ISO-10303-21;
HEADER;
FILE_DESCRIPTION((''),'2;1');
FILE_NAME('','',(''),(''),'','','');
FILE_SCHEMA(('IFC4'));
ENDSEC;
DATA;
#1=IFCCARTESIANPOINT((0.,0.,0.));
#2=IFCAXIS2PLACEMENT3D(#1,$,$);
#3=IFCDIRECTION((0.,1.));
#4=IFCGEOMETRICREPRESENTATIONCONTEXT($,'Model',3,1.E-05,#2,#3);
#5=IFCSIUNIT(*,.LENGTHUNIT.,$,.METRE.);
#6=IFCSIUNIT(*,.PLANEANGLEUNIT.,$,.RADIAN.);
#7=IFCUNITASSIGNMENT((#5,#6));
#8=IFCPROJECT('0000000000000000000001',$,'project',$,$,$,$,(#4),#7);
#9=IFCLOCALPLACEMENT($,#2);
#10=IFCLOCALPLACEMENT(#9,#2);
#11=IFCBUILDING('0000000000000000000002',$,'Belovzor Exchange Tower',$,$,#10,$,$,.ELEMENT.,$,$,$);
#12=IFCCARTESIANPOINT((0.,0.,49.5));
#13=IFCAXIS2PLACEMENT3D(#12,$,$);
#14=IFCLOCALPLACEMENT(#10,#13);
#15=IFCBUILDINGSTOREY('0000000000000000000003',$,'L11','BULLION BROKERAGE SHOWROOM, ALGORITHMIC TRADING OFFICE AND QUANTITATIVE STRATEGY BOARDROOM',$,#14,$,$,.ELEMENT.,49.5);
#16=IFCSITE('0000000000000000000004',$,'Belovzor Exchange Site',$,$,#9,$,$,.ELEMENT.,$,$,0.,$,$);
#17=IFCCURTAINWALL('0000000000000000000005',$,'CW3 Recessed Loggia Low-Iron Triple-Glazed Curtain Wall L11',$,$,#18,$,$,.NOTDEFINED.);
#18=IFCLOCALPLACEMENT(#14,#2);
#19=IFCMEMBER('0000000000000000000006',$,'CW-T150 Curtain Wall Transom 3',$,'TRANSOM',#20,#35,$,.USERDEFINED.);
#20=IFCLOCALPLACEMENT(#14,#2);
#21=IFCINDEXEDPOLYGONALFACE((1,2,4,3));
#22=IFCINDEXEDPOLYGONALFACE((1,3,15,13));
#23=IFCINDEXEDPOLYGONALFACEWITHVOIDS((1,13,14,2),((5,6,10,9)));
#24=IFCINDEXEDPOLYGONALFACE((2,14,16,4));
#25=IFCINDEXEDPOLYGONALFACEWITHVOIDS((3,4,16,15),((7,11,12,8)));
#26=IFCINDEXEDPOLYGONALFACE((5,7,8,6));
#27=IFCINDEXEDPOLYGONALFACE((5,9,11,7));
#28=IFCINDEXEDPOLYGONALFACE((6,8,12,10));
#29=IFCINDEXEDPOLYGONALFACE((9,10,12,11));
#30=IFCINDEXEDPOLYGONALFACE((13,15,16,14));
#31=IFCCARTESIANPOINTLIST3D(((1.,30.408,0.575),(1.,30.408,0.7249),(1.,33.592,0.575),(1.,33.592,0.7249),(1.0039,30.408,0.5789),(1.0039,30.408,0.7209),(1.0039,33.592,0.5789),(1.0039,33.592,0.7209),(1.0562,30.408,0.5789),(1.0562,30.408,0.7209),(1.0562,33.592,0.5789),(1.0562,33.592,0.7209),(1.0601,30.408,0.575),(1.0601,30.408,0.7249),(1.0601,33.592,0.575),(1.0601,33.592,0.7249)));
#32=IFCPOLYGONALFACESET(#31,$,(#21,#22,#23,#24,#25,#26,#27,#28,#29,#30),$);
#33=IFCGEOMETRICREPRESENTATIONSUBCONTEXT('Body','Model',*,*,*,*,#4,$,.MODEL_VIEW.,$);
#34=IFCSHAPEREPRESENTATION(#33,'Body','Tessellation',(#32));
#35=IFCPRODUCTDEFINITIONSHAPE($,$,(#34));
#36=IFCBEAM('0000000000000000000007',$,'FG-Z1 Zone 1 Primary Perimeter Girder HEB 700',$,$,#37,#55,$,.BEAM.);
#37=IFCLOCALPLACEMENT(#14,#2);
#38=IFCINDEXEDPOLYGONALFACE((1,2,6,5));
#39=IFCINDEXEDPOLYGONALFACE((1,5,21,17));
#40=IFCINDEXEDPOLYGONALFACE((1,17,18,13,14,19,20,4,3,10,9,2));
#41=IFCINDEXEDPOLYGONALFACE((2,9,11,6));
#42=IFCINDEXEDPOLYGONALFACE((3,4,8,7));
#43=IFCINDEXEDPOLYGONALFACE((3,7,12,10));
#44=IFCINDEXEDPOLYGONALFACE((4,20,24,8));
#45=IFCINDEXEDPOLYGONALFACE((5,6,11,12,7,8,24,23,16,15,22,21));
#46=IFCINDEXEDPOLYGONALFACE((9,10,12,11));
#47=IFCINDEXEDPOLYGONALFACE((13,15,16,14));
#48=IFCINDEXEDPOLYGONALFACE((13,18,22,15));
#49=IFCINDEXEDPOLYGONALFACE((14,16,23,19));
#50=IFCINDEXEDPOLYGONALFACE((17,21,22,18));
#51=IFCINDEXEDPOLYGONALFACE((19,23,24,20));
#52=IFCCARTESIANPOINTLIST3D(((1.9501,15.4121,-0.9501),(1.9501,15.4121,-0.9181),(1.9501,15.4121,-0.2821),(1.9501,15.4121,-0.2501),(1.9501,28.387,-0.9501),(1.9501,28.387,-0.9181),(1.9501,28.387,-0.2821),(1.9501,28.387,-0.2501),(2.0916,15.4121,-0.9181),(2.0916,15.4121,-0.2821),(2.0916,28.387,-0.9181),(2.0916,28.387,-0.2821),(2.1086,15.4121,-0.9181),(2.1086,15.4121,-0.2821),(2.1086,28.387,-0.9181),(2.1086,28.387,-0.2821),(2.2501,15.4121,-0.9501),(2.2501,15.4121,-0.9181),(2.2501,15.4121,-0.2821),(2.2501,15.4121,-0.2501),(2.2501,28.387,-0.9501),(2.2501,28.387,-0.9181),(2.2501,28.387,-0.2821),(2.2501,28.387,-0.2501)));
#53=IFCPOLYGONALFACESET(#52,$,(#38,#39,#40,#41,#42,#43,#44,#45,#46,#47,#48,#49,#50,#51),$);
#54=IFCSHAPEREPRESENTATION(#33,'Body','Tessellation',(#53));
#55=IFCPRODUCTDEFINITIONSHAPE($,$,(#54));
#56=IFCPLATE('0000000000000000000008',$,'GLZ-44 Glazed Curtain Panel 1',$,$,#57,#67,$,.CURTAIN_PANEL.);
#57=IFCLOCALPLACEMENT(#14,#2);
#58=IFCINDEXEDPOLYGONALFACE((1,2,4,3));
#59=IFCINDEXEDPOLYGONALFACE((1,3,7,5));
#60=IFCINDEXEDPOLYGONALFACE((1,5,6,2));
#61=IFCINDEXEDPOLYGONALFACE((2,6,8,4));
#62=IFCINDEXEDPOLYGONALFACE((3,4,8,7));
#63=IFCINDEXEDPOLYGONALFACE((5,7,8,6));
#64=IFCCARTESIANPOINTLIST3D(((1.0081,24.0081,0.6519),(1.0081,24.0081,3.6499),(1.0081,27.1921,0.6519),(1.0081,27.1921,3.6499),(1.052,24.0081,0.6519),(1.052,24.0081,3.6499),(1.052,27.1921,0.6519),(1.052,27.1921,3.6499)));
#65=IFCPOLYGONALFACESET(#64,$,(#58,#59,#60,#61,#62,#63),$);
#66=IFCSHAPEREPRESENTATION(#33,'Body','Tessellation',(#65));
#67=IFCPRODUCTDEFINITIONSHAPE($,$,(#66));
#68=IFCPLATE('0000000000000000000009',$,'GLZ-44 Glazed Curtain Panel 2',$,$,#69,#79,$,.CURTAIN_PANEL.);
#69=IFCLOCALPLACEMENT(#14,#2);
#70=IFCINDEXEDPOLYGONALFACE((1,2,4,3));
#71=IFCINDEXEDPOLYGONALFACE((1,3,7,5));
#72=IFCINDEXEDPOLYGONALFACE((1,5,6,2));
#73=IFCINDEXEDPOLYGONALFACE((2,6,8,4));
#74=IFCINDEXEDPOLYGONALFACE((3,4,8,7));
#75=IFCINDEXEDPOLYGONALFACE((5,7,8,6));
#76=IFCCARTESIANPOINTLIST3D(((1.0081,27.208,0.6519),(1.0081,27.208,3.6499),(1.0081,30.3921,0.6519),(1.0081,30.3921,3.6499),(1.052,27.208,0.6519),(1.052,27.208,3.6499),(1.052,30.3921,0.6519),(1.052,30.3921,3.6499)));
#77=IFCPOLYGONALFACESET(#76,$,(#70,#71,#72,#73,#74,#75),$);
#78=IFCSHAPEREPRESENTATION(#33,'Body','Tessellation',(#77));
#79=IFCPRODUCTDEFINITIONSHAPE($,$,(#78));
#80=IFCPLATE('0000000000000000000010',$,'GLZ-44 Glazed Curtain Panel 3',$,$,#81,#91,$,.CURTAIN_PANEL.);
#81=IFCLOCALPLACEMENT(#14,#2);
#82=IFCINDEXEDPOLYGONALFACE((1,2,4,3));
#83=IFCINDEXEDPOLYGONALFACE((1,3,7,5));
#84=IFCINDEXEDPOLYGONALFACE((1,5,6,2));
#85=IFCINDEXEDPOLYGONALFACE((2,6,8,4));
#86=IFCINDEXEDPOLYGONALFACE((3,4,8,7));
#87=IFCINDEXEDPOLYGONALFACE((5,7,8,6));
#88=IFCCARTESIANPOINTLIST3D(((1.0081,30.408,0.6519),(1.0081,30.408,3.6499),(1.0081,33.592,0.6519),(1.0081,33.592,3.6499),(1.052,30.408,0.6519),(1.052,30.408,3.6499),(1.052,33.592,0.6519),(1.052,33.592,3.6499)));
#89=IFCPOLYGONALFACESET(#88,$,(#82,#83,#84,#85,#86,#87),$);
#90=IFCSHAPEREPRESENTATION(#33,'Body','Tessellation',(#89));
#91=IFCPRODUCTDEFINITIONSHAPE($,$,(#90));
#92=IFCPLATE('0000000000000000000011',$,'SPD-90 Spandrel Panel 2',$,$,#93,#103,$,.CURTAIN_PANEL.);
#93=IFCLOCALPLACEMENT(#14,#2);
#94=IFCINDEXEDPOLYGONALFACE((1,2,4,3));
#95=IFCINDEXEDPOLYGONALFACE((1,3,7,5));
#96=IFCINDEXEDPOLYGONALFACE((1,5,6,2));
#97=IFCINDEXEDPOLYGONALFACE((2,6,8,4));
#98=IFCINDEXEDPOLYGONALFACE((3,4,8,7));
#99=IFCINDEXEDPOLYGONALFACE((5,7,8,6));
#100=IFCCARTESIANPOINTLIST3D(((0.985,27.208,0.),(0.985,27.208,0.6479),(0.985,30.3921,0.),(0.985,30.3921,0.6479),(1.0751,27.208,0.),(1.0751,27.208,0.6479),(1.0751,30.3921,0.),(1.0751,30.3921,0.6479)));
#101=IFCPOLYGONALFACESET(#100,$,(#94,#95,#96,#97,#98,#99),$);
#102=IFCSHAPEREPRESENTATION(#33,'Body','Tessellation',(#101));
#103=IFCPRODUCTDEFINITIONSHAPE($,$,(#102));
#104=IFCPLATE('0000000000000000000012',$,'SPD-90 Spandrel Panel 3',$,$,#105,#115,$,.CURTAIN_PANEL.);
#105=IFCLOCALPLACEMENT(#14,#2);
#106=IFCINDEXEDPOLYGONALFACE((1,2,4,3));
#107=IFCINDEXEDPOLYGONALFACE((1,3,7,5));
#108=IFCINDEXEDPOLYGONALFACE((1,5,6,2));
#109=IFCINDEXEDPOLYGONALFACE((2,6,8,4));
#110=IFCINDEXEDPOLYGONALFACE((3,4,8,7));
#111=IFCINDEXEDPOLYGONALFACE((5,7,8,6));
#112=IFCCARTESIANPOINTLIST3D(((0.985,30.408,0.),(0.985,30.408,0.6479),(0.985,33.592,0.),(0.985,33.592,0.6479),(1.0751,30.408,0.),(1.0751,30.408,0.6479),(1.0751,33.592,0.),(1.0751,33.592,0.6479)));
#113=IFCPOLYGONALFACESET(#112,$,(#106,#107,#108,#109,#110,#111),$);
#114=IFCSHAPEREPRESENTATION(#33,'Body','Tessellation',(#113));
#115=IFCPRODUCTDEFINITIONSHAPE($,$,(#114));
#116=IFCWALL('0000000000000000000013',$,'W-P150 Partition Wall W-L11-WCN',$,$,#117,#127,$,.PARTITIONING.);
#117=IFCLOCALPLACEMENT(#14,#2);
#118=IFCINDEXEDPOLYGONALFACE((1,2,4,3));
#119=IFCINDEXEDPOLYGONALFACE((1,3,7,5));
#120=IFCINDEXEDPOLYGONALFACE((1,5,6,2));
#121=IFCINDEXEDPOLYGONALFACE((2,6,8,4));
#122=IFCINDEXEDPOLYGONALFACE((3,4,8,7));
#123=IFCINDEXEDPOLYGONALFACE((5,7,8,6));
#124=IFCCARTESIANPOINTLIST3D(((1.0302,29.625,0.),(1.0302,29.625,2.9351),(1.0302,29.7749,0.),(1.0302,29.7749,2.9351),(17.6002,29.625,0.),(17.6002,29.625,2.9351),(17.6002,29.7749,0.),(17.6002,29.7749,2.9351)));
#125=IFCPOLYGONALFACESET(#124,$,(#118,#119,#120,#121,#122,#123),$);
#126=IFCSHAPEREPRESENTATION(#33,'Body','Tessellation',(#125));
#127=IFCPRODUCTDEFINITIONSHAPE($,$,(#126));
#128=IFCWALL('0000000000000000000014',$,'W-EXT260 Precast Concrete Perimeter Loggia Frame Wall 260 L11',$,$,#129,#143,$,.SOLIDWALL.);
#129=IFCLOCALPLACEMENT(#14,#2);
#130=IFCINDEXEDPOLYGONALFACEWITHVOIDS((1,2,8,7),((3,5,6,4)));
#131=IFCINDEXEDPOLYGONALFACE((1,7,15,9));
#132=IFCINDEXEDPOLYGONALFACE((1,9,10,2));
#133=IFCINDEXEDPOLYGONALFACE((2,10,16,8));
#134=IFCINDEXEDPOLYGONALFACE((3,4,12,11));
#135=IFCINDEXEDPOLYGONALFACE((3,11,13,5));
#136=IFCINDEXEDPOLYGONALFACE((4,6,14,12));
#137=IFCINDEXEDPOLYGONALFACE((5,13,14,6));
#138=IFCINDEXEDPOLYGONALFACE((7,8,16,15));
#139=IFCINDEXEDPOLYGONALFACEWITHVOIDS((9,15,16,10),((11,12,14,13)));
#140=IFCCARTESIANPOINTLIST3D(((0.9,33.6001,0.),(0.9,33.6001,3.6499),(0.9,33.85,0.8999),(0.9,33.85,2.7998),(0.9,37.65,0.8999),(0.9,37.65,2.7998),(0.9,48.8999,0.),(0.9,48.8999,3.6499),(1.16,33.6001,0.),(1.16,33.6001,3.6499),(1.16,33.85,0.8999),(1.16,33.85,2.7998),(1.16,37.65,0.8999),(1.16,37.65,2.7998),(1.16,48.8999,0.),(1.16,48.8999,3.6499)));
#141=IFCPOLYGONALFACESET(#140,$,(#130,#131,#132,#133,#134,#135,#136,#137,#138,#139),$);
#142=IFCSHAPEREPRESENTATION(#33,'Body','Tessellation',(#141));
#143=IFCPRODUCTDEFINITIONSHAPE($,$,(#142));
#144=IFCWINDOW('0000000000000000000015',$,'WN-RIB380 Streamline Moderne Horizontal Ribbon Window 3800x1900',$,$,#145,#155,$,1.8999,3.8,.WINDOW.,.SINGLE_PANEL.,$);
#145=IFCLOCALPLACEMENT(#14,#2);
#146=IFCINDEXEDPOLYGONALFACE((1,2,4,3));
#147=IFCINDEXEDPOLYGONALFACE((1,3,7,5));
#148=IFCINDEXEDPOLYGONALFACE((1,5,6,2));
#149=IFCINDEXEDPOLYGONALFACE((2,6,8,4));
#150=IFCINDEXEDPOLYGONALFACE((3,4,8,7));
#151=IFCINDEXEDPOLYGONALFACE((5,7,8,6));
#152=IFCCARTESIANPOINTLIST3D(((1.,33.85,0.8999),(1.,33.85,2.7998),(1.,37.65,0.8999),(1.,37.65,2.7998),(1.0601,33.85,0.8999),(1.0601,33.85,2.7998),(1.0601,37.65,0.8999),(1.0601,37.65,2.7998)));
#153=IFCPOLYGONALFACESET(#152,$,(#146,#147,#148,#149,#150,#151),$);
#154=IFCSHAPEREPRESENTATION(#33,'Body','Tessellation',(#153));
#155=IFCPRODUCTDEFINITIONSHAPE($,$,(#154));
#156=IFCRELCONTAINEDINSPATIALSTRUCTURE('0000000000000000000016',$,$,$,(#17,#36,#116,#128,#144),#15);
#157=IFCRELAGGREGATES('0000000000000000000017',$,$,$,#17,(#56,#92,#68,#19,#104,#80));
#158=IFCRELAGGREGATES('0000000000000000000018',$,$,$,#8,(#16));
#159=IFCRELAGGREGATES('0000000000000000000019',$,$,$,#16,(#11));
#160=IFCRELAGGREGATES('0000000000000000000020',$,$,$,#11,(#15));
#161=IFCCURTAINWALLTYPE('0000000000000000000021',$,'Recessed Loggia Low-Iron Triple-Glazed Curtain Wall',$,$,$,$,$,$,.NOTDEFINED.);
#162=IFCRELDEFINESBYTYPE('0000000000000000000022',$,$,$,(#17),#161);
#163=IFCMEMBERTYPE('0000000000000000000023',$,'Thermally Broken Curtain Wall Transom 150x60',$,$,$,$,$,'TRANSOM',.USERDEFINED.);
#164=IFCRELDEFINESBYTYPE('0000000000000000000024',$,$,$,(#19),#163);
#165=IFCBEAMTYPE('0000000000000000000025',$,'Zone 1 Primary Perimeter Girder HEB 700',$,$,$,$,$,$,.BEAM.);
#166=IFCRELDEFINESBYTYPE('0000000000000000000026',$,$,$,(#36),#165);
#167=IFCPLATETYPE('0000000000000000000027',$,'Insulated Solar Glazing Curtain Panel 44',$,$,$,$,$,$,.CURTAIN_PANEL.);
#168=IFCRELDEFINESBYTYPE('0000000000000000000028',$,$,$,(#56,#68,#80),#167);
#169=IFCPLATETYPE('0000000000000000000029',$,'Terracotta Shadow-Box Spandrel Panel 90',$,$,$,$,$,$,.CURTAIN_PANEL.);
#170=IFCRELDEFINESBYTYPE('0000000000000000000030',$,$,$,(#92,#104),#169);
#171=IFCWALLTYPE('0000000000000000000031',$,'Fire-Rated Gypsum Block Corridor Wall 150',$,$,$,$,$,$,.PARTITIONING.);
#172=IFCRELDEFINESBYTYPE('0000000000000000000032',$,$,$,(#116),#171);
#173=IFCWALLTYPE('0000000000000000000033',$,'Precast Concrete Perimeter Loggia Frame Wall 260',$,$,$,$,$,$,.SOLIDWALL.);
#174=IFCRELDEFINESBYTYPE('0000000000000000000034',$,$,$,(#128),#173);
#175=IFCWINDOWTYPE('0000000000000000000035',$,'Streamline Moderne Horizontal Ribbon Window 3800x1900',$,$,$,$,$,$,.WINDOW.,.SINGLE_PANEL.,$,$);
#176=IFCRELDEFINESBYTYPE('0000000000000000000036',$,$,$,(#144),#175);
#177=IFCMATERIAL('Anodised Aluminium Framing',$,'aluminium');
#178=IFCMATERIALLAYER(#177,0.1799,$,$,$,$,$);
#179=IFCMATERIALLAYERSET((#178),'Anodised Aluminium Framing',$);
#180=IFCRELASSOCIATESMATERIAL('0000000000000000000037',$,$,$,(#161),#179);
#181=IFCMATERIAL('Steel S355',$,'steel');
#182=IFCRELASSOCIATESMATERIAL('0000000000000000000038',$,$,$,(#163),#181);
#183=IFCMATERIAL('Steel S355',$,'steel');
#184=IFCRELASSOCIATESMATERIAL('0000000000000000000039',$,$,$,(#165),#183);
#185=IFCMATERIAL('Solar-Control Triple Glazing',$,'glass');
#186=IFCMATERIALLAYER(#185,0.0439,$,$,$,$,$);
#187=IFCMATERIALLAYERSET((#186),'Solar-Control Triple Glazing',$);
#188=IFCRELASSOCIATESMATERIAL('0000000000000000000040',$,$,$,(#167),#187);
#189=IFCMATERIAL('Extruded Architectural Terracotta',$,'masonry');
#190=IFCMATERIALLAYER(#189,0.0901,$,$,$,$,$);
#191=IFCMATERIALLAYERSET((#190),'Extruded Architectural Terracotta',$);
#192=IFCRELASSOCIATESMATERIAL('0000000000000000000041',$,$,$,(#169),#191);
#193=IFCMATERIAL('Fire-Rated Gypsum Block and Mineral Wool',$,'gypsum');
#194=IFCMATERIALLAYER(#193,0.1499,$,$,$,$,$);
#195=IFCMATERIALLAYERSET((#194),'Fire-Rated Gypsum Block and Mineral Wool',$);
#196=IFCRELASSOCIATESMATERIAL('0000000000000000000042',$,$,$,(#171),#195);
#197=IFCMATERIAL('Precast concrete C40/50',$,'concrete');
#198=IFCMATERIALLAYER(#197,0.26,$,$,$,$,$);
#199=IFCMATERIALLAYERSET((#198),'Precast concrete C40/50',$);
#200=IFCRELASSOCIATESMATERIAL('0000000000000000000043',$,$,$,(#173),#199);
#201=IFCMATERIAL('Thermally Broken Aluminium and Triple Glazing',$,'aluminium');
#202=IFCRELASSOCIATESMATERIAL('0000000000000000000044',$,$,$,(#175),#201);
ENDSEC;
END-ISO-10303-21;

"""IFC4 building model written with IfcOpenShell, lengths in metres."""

from ifc_helpers import new_model, si_unit, direction, frame, frame_2d, origin, origin_2d, place, context, subcontext, project, spatial, rectangle, hollow_rectangle, i_section, extrude, material, layer, layer_set, material_profile, profile_set, type_object, element, fill, aggregate, save


model = new_model("IFC4")

# Units and contexts
model_context = context("Model", 3, precision=1e-05, world=origin(), true_north=direction((0.0, 1.0)))
body_context = subcontext(model_context, "Body", "Model", "MODEL_VIEW")
ifc_project = project(units=[si_unit("LENGTHUNIT", "METRE"), si_unit("PLANEANGLEUNIT", "RADIAN")], contexts=[model_context])

# Site, building, storey
site_placement = place(None, origin())
site = spatial("IfcSite", under=ifc_project, at=site_placement, Name="Belovzor Exchange Site", CompositionType="ELEMENT", RefElevation=0.0)
building_placement = place(site_placement, origin())
building = spatial("IfcBuilding", under=site, at=building_placement, Name="Belovzor Exchange Tower", CompositionType="ELEMENT")
storey_placement = place(building_placement, frame((0.0, 0.0, 49.5)))
storey = spatial("IfcBuildingStorey", under=building, at=storey_placement, Name="L11", Description="BULLION BROKERAGE SHOWROOM, ALGORITHMIC TRADING OFFICE AND QUANTITATIVE STRATEGY BOARDROOM", CompositionType="ELEMENT", Elevation=49.5)

# Curtain wall, member
ifc_material_1 = material(Name="Anodised Aluminium Framing", Category="aluminium")
ifc_layer_1 = layer(ifc_material_1, 0.1799)
ifc_layer_set_1 = layer_set([ifc_layer_1], Name="Anodised Aluminium Framing")
curtain_wall_type = type_object("IfcCurtainWallType", Name="Recessed Loggia Low-Iron Triple-Glazed Curtain Wall", PredefinedType="NOTDEFINED", material=ifc_layer_set_1)
curtain_wall_placement = place(storey_placement, origin())
curtain_wall = element("IfcCurtainWall", 1, at=curtain_wall_placement, inside=storey, type_object=curtain_wall_type, Name="CW3 Recessed Loggia Low-Iron Triple-Glazed Curtain Wall L11", PredefinedType="NOTDEFINED")
ifc_material_2 = material(Name="Steel S355", Category="steel")
ifc_material_profile_1 = material_profile(ifc_material_2, hollow_rectangle(XDim=0.0601, YDim=0.1499, WallThickness=0.0039, at=origin_2d()))
ifc_profile_set_1 = profile_set([ifc_material_profile_1], Name="Steel S355")
member_type_1 = type_object("IfcMemberType", Name="Thermally Broken Curtain Wall Transom 150x60", ElementType="TRANSOM", PredefinedType="USERDEFINED", material=ifc_profile_set_1)
member_1_placement = place(storey_placement, frame((1.03, 30.408, 0.6499), z_axis=(0.0, 1.0, 0.0), x_axis=(-1.0, 0.0, 0.0)))
member_1 = element("IfcMember", 2, at=member_1_placement, type_object=member_type_1, Name="CW-T150 Curtain Wall Transom 3", ObjectType="TRANSOM", PredefinedType="USERDEFINED", context=body_context, shape_type="SweptSolid", body=[
    extrude(hollow_rectangle(XDim=0.0601, YDim=0.1499, WallThickness=0.0039, at=origin_2d()), origin(), (0.0, 0.0, 1.0), 3.1841),
])

# Beam
ifc_material_3 = material(Name="Steel S355", Category="steel")
ifc_material_profile_2 = material_profile(ifc_material_3, i_section(OverallWidth=0.3, OverallDepth=0.7, WebThickness=0.0171, FlangeThickness=0.032, at=origin_2d()))
ifc_profile_set_2 = profile_set([ifc_material_profile_2], Name="Steel S355")
beam_type_1 = type_object("IfcBeamType", Name="Zone 1 Primary Perimeter Girder HEB 700", PredefinedType="BEAM", material=ifc_profile_set_2)
beam_1_placement = place(storey_placement, frame((2.1001, 28.387, -0.6001), z_axis=(0.0, -1.0, 0.0), x_axis=(1.0, 0.0, 0.0)))
element("IfcBeam", 3, at=beam_1_placement, inside=storey, type_object=beam_type_1, Name="FG-Z1 Zone 1 Primary Perimeter Girder HEB 700", PredefinedType="BEAM", context=body_context, shape_type="SweptSolid", body=[
    extrude(i_section(OverallWidth=0.3, OverallDepth=0.7, WebThickness=0.0171, FlangeThickness=0.032, at=origin_2d()), origin(), (0.0, 0.0, 1.0), 12.9749),
])

# Plates
ifc_material_4 = material(Name="Solar-Control Triple Glazing", Category="glass")
ifc_layer_2 = layer(ifc_material_4, 0.0439)
ifc_layer_set_2 = layer_set([ifc_layer_2], Name="Solar-Control Triple Glazing")
plate_type_1 = type_object("IfcPlateType", Name="Insulated Solar Glazing Curtain Panel 44", PredefinedType="CURTAIN_PANEL", material=ifc_layer_set_2)
plate_1_placement = place(storey_placement, frame((1.03, 25.6001, 0.6519), z_axis=(0.0, 0.0, 1.0), x_axis=(0.0, 1.0, 0.0)))
plate_1 = element("IfcPlate", 4, at=plate_1_placement, type_object=plate_type_1, Name="GLZ-44 Glazed Curtain Panel 1", PredefinedType="CURTAIN_PANEL", context=body_context, shape_type="SweptSolid", body=[
    extrude(rectangle(XDim=3.1841, YDim=0.0439, at=origin_2d()), origin(), (0.0, 0.0, 1.0), 2.998),
])
plate_2_placement = place(storey_placement, frame((1.03, 28.8, 0.6519), z_axis=(0.0, 0.0, 1.0), x_axis=(0.0, 1.0, 0.0)))
plate_2 = element("IfcPlate", 5, at=plate_2_placement, type_object=plate_type_1, Name="GLZ-44 Glazed Curtain Panel 2", PredefinedType="CURTAIN_PANEL", context=body_context, shape_type="SweptSolid", body=[
    extrude(rectangle(XDim=3.1841, YDim=0.0439, at=origin_2d()), origin(), (0.0, 0.0, 1.0), 2.998),
])
plate_3_placement = place(storey_placement, frame((1.03, 32.0, 0.6519), z_axis=(0.0, 0.0, 1.0), x_axis=(0.0, 1.0, 0.0)))
plate_3 = element("IfcPlate", 6, at=plate_3_placement, type_object=plate_type_1, Name="GLZ-44 Glazed Curtain Panel 3", PredefinedType="CURTAIN_PANEL", context=body_context, shape_type="SweptSolid", body=[
    extrude(rectangle(XDim=3.1841, YDim=0.0439, at=origin_2d()), origin(), (0.0, 0.0, 1.0), 2.998),
])
ifc_material_5 = material(Name="Extruded Architectural Terracotta", Category="masonry")
ifc_layer_3 = layer(ifc_material_5, 0.0901)
ifc_layer_set_3 = layer_set([ifc_layer_3], Name="Extruded Architectural Terracotta")
plate_type_2 = type_object("IfcPlateType", Name="Terracotta Shadow-Box Spandrel Panel 90", PredefinedType="CURTAIN_PANEL", material=ifc_layer_set_3)
plate_4_placement = place(storey_placement, frame((1.03, 28.8, 0.0), z_axis=(0.0, 0.0, 1.0), x_axis=(0.0, 1.0, 0.0)))
plate_4 = element("IfcPlate", 7, at=plate_4_placement, type_object=plate_type_2, Name="SPD-90 Spandrel Panel 2", PredefinedType="CURTAIN_PANEL", context=body_context, shape_type="SweptSolid", body=[
    extrude(rectangle(XDim=3.1841, YDim=0.0901, at=origin_2d()), origin(), (0.0, 0.0, 1.0), 0.6479),
])
plate_5_placement = place(storey_placement, frame((1.03, 32.0, 0.0), z_axis=(0.0, 0.0, 1.0), x_axis=(0.0, 1.0, 0.0)))
plate_5 = element("IfcPlate", 8, at=plate_5_placement, type_object=plate_type_2, Name="SPD-90 Spandrel Panel 3", PredefinedType="CURTAIN_PANEL", context=body_context, shape_type="SweptSolid", body=[
    extrude(rectangle(XDim=3.1841, YDim=0.0901, at=origin_2d()), origin(), (0.0, 0.0, 1.0), 0.6479),
])
aggregate(curtain_wall, [plate_1, plate_4, plate_2, member_1, plate_5, plate_3])

# Wall
ifc_material_6 = material(Name="Fire-Rated Gypsum Block and Mineral Wool", Category="gypsum")
ifc_layer_4 = layer(ifc_material_6, 0.1499)
ifc_layer_set_4 = layer_set([ifc_layer_4], Name="Fire-Rated Gypsum Block and Mineral Wool")
wall_type_1 = type_object("IfcWallType", Name="Fire-Rated Gypsum Block Corridor Wall 150", PredefinedType="PARTITIONING", material=ifc_layer_set_4)
wall_1_placement = place(storey_placement, frame((1.03, 29.7, 0.0), z_axis=(0.0, 0.0, 1.0), x_axis=(1.0, 0.0, 0.0)))
element("IfcWall", 9, at=wall_1_placement, inside=storey, type_object=wall_type_1, Name="W-P150 Partition Wall W-L11-WCN", PredefinedType="PARTITIONING", context=body_context, shape_type="SweptSolid", body=[
    extrude(rectangle(XDim=16.5701, YDim=0.1499, at=frame_2d((8.2852, 0.0))), origin(), (0.0, 0.0, 1.0), 2.9351),
])

# Wall, opening, window
ifc_material_7 = material(Name="Precast concrete C40/50", Category="concrete")
ifc_layer_5 = layer(ifc_material_7, 0.26)
ifc_layer_set_5 = layer_set([ifc_layer_5], Name="Precast concrete C40/50")
wall_type_2 = type_object("IfcWallType", Name="Precast Concrete Perimeter Loggia Frame Wall 260", PredefinedType="SOLIDWALL", material=ifc_layer_set_5)
wall_2_placement = place(storey_placement, frame((1.03, 33.6001, 0.0), z_axis=(0.0, 0.0, 1.0), x_axis=(0.0, 1.0, 0.0)))
wall_2 = element("IfcWall", 10, at=wall_2_placement, inside=storey, type_object=wall_type_2, Name="W-EXT260 Precast Concrete Perimeter Loggia Frame Wall 260 L11", PredefinedType="SOLIDWALL", context=body_context, shape_type="SweptSolid", body=[
    extrude(rectangle(XDim=15.2998, YDim=0.26, at=frame_2d((7.6499, 0.0))), origin(), (0.0, 0.0, 1.0), 3.6499),
])
opening_placement = place(wall_2_placement, frame((0.25, 0.0, 0.8999)))
opening = element("IfcOpeningElement", 11, at=opening_placement, cuts=wall_2, PredefinedType="OPENING", context=body_context, shape_type="SweptSolid", body=[
    extrude(rectangle(XDim=3.8, YDim=1.8999, at=frame_2d((1.8999, 0.95))), frame((0.0, 0.1399, 0.0), z_axis=(0.0, -1.0, 0.0), x_axis=(1.0, 0.0, 0.0)), (0.0, 0.0, 1.0), 0.28),
])
ifc_material_8 = material(Name="Thermally Broken Aluminium and Triple Glazing", Category="aluminium")
window_type = type_object("IfcWindowType", Name="Streamline Moderne Horizontal Ribbon Window 3800x1900", PartitioningType="SINGLE_PANEL", PredefinedType="WINDOW", material=ifc_material_8)
window_placement = place(opening_placement, origin())
window = element("IfcWindow", 12, at=window_placement, inside=storey, type_object=window_type, Name="WN-RIB380 Streamline Moderne Horizontal Ribbon Window 3800x1900", OverallHeight=1.8999, OverallWidth=3.8, PartitioningType="SINGLE_PANEL", PredefinedType="WINDOW", context=body_context, shape_type="SweptSolid", body=[
    extrude(rectangle(XDim=3.8, YDim=1.8999, at=frame_2d((1.8999, 0.95))), frame((0.0, 0.03, 0.0), z_axis=(0.0, -1.0, 0.0), x_axis=(1.0, 0.0, 0.0)), (0.0, 0.0, 1.0), 0.0601),
])
fill(opening, window)

save(model, "model.ifc")
